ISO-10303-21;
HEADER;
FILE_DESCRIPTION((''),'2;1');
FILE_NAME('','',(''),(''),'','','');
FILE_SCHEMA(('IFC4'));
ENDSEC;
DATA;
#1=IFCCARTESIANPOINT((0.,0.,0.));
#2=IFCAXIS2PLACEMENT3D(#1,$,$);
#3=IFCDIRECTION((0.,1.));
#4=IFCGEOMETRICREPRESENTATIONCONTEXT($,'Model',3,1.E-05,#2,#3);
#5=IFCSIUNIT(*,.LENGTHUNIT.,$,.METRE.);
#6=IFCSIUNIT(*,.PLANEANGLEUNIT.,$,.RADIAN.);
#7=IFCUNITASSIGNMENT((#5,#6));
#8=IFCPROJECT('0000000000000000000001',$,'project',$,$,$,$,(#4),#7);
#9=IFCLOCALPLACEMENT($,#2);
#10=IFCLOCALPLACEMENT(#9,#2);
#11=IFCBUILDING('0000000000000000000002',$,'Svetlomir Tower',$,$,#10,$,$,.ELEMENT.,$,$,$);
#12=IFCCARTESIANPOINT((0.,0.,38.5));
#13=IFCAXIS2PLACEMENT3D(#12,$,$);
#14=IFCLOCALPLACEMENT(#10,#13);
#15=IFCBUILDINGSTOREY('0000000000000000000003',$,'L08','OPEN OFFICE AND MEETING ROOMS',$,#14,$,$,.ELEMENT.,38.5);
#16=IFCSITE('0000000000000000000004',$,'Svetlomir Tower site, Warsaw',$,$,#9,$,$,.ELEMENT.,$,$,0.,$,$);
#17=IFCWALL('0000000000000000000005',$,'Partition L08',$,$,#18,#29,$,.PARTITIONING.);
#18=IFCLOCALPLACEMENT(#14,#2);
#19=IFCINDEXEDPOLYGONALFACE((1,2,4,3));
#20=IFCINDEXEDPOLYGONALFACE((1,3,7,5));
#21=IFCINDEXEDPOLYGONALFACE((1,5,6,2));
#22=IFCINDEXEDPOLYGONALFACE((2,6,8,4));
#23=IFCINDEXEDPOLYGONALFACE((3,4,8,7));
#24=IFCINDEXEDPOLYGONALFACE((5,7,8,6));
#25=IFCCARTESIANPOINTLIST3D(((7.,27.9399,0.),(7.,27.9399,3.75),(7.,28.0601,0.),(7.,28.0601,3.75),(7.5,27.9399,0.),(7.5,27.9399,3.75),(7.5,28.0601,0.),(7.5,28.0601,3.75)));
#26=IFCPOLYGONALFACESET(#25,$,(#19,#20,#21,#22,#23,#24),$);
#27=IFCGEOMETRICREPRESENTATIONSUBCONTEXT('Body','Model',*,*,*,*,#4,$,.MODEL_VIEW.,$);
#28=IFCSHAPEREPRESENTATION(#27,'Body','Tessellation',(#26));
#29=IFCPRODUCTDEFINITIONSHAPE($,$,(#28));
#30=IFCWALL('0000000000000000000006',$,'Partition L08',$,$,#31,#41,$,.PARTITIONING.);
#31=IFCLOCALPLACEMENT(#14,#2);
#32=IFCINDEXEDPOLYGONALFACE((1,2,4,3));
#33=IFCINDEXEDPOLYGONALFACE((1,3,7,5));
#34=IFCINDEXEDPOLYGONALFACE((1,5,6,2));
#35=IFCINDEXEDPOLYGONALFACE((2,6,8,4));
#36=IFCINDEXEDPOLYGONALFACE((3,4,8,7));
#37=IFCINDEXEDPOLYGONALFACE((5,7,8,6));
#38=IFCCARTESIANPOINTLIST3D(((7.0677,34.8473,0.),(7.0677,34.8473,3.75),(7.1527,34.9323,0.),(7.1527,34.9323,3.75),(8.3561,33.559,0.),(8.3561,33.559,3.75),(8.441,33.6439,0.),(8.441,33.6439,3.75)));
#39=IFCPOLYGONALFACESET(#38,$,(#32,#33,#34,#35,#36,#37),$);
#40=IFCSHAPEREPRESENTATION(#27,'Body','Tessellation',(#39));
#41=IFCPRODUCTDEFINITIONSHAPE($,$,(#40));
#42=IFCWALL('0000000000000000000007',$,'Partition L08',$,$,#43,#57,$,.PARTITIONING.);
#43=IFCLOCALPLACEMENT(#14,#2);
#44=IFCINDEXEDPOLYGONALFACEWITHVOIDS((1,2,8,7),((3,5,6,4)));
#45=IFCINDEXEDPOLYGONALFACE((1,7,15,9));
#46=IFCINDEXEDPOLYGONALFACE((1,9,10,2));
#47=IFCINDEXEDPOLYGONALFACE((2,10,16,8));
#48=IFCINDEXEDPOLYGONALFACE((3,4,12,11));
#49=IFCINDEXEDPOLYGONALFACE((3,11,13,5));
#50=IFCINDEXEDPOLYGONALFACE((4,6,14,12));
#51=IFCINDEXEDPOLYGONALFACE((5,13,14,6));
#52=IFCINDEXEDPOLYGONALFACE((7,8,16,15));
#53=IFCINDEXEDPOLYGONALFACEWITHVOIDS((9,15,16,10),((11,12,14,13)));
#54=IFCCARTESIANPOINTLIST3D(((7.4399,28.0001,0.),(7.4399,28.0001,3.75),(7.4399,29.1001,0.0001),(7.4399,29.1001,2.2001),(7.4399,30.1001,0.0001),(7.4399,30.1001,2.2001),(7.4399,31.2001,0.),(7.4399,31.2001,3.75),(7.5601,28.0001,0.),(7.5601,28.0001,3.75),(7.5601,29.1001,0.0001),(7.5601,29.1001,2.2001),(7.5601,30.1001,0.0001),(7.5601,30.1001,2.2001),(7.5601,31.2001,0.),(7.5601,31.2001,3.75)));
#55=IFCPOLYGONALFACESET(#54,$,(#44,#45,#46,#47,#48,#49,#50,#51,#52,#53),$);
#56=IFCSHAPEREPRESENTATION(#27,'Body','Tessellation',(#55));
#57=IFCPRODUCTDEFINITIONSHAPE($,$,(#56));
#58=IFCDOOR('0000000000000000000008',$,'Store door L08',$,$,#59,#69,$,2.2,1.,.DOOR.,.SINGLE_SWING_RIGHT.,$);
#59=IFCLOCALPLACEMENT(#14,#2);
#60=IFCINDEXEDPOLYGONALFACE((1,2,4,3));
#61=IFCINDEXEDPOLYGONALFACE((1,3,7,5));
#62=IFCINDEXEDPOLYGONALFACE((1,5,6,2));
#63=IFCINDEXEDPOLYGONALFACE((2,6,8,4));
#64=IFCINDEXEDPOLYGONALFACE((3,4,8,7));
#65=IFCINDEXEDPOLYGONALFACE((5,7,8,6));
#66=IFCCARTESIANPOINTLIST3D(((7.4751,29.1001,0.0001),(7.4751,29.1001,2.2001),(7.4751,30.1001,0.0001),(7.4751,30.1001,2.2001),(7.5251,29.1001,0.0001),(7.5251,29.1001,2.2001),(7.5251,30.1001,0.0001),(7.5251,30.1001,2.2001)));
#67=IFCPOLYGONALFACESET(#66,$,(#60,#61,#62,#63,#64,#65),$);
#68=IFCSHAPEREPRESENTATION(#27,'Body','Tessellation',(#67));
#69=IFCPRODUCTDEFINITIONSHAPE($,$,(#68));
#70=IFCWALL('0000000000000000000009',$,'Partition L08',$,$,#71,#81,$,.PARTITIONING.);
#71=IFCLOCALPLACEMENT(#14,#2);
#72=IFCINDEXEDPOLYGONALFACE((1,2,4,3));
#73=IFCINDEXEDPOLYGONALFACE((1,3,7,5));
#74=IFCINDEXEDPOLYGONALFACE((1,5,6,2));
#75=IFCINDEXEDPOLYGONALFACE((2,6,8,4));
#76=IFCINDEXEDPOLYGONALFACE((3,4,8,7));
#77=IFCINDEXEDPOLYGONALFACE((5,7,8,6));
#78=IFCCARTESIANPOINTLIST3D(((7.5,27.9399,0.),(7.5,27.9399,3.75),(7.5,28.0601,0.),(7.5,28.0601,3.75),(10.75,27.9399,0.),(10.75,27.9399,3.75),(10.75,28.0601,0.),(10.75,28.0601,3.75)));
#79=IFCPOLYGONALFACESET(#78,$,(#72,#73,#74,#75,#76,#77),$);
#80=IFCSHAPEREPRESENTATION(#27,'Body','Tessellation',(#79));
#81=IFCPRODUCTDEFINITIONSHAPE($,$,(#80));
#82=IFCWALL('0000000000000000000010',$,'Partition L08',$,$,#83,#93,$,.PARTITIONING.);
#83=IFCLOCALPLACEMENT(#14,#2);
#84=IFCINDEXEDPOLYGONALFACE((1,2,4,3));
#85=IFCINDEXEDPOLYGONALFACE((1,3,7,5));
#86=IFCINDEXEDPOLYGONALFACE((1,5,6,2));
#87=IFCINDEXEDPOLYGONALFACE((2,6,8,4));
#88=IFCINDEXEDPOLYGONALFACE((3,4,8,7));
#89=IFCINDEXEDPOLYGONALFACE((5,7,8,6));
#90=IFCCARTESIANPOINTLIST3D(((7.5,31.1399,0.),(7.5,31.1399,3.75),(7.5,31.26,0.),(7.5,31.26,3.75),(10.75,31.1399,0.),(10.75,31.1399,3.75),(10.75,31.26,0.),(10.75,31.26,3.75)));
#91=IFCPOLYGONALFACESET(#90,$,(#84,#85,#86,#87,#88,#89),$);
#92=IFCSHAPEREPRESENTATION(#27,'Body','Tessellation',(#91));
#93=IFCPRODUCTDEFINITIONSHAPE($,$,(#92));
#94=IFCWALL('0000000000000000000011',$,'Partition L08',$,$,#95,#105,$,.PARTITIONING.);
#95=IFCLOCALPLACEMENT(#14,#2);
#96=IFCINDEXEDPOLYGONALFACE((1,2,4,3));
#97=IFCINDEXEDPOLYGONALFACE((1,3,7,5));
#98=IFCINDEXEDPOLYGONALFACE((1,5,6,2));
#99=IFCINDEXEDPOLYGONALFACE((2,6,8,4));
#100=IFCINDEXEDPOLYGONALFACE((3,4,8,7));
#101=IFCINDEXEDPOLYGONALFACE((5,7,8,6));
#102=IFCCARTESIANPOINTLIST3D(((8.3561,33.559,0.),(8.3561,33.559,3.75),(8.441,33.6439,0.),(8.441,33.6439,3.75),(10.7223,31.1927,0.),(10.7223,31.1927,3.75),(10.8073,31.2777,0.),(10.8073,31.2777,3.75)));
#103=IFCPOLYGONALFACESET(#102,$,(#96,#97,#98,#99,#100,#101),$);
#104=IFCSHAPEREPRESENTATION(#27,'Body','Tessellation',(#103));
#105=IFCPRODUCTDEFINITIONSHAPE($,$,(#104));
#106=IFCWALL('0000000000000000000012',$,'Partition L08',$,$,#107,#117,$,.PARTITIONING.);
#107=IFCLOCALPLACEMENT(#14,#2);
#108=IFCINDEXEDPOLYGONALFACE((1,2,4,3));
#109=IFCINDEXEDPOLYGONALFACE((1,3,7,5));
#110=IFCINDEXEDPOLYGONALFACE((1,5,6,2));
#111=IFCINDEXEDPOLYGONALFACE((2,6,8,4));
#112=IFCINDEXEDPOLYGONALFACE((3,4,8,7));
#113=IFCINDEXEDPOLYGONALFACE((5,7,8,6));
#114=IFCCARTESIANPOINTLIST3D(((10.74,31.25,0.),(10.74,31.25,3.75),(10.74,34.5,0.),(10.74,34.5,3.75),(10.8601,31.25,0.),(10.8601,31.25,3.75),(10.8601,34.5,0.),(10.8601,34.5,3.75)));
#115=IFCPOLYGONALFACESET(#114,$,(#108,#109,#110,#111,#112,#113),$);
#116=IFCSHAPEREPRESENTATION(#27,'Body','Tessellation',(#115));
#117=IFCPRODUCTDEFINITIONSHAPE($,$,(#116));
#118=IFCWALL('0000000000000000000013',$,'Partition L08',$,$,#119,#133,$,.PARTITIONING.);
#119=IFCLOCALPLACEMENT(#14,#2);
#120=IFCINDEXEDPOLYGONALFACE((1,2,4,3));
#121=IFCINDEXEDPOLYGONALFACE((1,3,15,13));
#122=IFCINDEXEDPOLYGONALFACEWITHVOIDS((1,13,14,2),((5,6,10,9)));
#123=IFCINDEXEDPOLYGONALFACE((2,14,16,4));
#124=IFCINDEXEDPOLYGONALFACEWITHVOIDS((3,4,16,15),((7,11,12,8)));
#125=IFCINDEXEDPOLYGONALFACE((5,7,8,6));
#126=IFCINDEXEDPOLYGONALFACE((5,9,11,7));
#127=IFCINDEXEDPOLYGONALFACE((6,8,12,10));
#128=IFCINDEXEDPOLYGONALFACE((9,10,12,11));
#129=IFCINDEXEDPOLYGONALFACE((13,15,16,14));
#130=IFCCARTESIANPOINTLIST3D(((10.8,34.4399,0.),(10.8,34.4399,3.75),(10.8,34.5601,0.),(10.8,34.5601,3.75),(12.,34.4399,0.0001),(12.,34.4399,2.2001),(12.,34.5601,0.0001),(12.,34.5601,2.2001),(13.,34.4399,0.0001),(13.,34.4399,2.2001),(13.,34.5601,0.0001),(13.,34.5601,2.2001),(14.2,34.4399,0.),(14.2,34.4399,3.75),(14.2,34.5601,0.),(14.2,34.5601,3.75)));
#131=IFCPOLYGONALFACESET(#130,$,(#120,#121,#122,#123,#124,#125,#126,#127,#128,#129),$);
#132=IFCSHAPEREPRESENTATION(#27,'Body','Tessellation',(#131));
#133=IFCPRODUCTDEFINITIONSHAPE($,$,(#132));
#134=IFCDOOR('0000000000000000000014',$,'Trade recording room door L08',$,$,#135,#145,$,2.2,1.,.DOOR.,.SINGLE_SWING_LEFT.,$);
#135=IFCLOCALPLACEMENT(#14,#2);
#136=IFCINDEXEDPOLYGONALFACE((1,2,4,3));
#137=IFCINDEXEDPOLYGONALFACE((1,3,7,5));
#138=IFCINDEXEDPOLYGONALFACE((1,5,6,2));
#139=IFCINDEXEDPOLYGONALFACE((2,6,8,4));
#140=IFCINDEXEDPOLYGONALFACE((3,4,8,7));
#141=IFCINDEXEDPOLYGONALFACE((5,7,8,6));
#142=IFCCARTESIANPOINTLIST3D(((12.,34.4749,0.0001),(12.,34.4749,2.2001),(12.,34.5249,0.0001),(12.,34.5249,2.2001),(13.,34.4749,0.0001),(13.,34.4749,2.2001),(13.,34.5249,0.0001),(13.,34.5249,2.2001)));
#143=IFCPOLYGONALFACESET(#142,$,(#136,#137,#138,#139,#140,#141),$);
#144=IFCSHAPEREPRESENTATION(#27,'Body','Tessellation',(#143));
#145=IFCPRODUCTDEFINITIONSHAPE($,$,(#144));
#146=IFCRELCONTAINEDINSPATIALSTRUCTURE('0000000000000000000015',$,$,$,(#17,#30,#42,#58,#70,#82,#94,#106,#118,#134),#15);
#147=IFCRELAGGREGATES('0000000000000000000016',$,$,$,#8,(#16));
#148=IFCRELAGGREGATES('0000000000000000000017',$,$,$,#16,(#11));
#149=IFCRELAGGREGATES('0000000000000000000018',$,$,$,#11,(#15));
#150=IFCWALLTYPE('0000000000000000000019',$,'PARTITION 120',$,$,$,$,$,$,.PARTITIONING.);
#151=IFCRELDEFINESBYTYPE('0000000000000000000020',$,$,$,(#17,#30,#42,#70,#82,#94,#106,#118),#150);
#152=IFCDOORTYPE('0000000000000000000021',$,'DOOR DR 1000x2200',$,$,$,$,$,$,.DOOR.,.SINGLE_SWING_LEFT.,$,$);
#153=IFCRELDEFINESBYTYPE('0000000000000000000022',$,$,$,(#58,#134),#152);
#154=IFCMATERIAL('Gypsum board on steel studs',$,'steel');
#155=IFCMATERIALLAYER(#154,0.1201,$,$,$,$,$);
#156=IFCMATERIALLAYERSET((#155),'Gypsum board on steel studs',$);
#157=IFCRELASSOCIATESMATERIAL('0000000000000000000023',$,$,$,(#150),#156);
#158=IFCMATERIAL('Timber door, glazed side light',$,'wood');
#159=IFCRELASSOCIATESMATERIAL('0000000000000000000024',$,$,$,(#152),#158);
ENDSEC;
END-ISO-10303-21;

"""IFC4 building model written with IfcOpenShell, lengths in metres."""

from ifc_helpers import new_model, si_unit, direction, frame, frame_2d, origin, place, context, subcontext, project, spatial, rectangle, extrude, material, layer, layer_set, type_object, element, fill, save


model = new_model("IFC4")

# Units and contexts
model_context = context("Model", 3, precision=1e-05, world=origin(), true_north=direction((0.0, 1.0)))
body_context = subcontext(model_context, "Body", "Model", "MODEL_VIEW")
ifc_project = project(units=[si_unit("LENGTHUNIT", "METRE"), si_unit("PLANEANGLEUNIT", "RADIAN")], contexts=[model_context])

# Site, building, storey
site_placement = place(None, origin())
site = spatial("IfcSite", under=ifc_project, at=site_placement, Name="Svetlomir Tower site, Warsaw", CompositionType="ELEMENT", RefElevation=0.0)
building_placement = place(site_placement, origin())
building = spatial("IfcBuilding", under=site, at=building_placement, Name="Svetlomir Tower", CompositionType="ELEMENT")
storey_placement = place(building_placement, frame((0.0, 0.0, 38.5)))
storey = spatial("IfcBuildingStorey", under=building, at=storey_placement, Name="L08", Description="OPEN OFFICE AND MEETING ROOMS", CompositionType="ELEMENT", Elevation=38.5)

# Shared definitions
ifc_material_1 = material(Name="Gypsum board on steel studs", Category="steel")
ifc_layer_1 = layer(ifc_material_1, 0.1201)
ifc_layer_set_1 = layer_set([ifc_layer_1], Name="Gypsum board on steel studs")
wall_type_1 = type_object("IfcWallType", Name="PARTITION 120", PredefinedType="PARTITIONING", material=ifc_layer_set_1)

# Shared definitions
ifc_material_2 = material(Name="Timber door, glazed side light", Category="wood")
door_type_1 = type_object("IfcDoorType", Name="DOOR DR 1000x2200", OperationType="SINGLE_SWING_LEFT", PredefinedType="DOOR", material=ifc_material_2)

# Walls
wall_1_placement = place(storey_placement, frame((7.0, 28.0, 0.0), z_axis=(0.0, 0.0, 1.0), x_axis=(1.0, 0.0, 0.0)))
element("IfcWall", 1, at=wall_1_placement, inside=storey, type_object=wall_type_1, Name="Partition L08", PredefinedType="PARTITIONING", context=body_context, shape_type="SweptSolid", body=[
    extrude(rectangle(XDim=0.5, YDim=0.1201, at=frame_2d((0.25, 0.0))), origin(), (0.0, 0.0, 1.0), 3.75),
])
wall_2_placement = place(storey_placement, frame((7.1101, 34.8899, 0.0), z_axis=(0.0, 0.0, 1.0), x_axis=(0.707107, -0.707107, 0.0)))
element("IfcWall", 2, at=wall_2_placement, inside=storey, type_object=wall_type_1, Name="Partition L08", PredefinedType="PARTITIONING", context=body_context, shape_type="SweptSolid", body=[
    extrude(rectangle(XDim=1.822, YDim=0.1201, at=frame_2d((0.9111, 0.0))), origin(), (0.0, 0.0, 1.0), 3.75),
])

# Wall, opening, door
wall_3_placement = place(storey_placement, frame((7.5, 28.0, 0.0), z_axis=(0.0, 0.0, 1.0), x_axis=(0.0, 1.0, 0.0)))
wall_3 = element("IfcWall", 3, at=wall_3_placement, inside=storey, type_object=wall_type_1, Name="Partition L08", PredefinedType="PARTITIONING", context=body_context, shape_type="SweptSolid", body=[
    extrude(rectangle(XDim=3.2, YDim=0.1201, at=frame_2d((1.6001, 0.0))), origin(), (0.0, 0.0, 1.0), 3.75),
])
opening_1_placement = place(wall_3_placement, frame((1.1001, 0.0, 0.0)))
opening_1 = element("IfcOpeningElement", 4, at=opening_1_placement, cuts=wall_3, PredefinedType="OPENING", context=body_context, shape_type="SweptSolid", body=[
    extrude(rectangle(XDim=1.0, YDim=2.2, at=frame_2d((0.5, 1.1001))), frame((0.0, 0.0701, 0.0), z_axis=(0.0, -1.0, 0.0), x_axis=(1.0, 0.0, 0.0)), (0.0, 0.0, 1.0), 0.1401),
])
door_1_placement = place(opening_1_placement, origin())
door_1 = element("IfcDoor", 5, at=door_1_placement, inside=storey, type_object=door_type_1, Name="Store door L08", OperationType="SINGLE_SWING_RIGHT", OverallHeight=2.2, OverallWidth=1.0, PredefinedType="DOOR", context=body_context, shape_type="SweptSolid", body=[
    extrude(rectangle(XDim=1.0, YDim=2.2, at=frame_2d((0.5, 1.1001))), frame((0.0, 0.0249, 0.0), z_axis=(0.0, -1.0, 0.0), x_axis=(1.0, 0.0, 0.0)), (0.0, 0.0, 1.0), 0.05),
])
fill(opening_1, door_1)

# Walls
for number, where, z_axis, x_axis, name in (
    (6, (7.5, 28.0, 0.0), (0.0, 0.0, 1.0), (1.0, 0.0, 0.0), "Partition L08"),
    (7, (7.5, 31.2, 0.0), (0.0, 0.0, 1.0), (1.0, 0.0, 0.0), "Partition L08"),
):
    element("IfcWall", number, at=place(storey_placement, frame(where, z_axis=z_axis, x_axis=x_axis)), inside=storey, type_object=wall_type_1, Name=name, PredefinedType="PARTITIONING", context=body_context, shape_type="SweptSolid", body=[
        extrude(rectangle(XDim=3.25, YDim=0.1201, at=frame_2d((1.625, 0.0))), origin(), (0.0, 0.0, 1.0), 3.75),
    ])
wall_4_placement = place(storey_placement, frame((8.3984, 33.6016, 0.0), z_axis=(0.0, 0.0, 1.0), x_axis=(0.707107, -0.707107, 0.0)))
element("IfcWall", 8, at=wall_4_placement, inside=storey, type_object=wall_type_1, Name="Partition L08", PredefinedType="PARTITIONING", context=body_context, shape_type="SweptSolid", body=[
    extrude(rectangle(XDim=3.3464, YDim=0.1201, at=frame_2d((1.6733, 0.0))), origin(), (0.0, 0.0, 1.0), 3.75),
])
wall_5_placement = place(storey_placement, frame((10.8, 31.25, 0.0), z_axis=(0.0, 0.0, 1.0), x_axis=(0.0, 1.0, 0.0)))
element("IfcWall", 9, at=wall_5_placement, inside=storey, type_object=wall_type_1, Name="Partition L08", PredefinedType="PARTITIONING", context=body_context, shape_type="SweptSolid", body=[
    extrude(rectangle(XDim=3.25, YDim=0.1201, at=frame_2d((1.625, 0.0))), origin(), (0.0, 0.0, 1.0), 3.75),
])

# Wall, opening, door
wall_6_placement = place(storey_placement, frame((10.8, 34.5, 0.0), z_axis=(0.0, 0.0, 1.0), x_axis=(1.0, 0.0, 0.0)))
wall_6 = element("IfcWall", 10, at=wall_6_placement, inside=storey, type_object=wall_type_1, Name="Partition L08", PredefinedType="PARTITIONING", context=body_context, shape_type="SweptSolid", body=[
    extrude(rectangle(XDim=3.3999, YDim=0.1201, at=frame_2d((1.7, 0.0))), origin(), (0.0, 0.0, 1.0), 3.75),
])
opening_2_placement = place(wall_6_placement, frame((1.2, 0.0, 0.0)))
opening_2 = element("IfcOpeningElement", 11, at=opening_2_placement, cuts=wall_6, PredefinedType="OPENING", context=body_context, shape_type="SweptSolid", body=[
    extrude(rectangle(XDim=1.0, YDim=2.2, at=frame_2d((0.5, 1.1001))), frame((0.0, 0.0701, 0.0), z_axis=(0.0, -1.0, 0.0), x_axis=(1.0, 0.0, 0.0)), (0.0, 0.0, 1.0), 0.1401),
])
door_2_placement = place(opening_2_placement, origin())
door_2 = element("IfcDoor", 12, at=door_2_placement, inside=storey, type_object=door_type_1, Name="Trade recording room door L08", OperationType="SINGLE_SWING_LEFT", OverallHeight=2.2, OverallWidth=1.0, PredefinedType="DOOR", context=body_context, shape_type="SweptSolid", body=[
    extrude(rectangle(XDim=1.0, YDim=2.2, at=frame_2d((0.5, 1.1001))), frame((0.0, 0.0249, 0.0), z_axis=(0.0, -1.0, 0.0), x_axis=(1.0, 0.0, 0.0)), (0.0, 0.0, 1.0), 0.05),
])
fill(opening_2, door_2)

save(model, "model.ifc")
